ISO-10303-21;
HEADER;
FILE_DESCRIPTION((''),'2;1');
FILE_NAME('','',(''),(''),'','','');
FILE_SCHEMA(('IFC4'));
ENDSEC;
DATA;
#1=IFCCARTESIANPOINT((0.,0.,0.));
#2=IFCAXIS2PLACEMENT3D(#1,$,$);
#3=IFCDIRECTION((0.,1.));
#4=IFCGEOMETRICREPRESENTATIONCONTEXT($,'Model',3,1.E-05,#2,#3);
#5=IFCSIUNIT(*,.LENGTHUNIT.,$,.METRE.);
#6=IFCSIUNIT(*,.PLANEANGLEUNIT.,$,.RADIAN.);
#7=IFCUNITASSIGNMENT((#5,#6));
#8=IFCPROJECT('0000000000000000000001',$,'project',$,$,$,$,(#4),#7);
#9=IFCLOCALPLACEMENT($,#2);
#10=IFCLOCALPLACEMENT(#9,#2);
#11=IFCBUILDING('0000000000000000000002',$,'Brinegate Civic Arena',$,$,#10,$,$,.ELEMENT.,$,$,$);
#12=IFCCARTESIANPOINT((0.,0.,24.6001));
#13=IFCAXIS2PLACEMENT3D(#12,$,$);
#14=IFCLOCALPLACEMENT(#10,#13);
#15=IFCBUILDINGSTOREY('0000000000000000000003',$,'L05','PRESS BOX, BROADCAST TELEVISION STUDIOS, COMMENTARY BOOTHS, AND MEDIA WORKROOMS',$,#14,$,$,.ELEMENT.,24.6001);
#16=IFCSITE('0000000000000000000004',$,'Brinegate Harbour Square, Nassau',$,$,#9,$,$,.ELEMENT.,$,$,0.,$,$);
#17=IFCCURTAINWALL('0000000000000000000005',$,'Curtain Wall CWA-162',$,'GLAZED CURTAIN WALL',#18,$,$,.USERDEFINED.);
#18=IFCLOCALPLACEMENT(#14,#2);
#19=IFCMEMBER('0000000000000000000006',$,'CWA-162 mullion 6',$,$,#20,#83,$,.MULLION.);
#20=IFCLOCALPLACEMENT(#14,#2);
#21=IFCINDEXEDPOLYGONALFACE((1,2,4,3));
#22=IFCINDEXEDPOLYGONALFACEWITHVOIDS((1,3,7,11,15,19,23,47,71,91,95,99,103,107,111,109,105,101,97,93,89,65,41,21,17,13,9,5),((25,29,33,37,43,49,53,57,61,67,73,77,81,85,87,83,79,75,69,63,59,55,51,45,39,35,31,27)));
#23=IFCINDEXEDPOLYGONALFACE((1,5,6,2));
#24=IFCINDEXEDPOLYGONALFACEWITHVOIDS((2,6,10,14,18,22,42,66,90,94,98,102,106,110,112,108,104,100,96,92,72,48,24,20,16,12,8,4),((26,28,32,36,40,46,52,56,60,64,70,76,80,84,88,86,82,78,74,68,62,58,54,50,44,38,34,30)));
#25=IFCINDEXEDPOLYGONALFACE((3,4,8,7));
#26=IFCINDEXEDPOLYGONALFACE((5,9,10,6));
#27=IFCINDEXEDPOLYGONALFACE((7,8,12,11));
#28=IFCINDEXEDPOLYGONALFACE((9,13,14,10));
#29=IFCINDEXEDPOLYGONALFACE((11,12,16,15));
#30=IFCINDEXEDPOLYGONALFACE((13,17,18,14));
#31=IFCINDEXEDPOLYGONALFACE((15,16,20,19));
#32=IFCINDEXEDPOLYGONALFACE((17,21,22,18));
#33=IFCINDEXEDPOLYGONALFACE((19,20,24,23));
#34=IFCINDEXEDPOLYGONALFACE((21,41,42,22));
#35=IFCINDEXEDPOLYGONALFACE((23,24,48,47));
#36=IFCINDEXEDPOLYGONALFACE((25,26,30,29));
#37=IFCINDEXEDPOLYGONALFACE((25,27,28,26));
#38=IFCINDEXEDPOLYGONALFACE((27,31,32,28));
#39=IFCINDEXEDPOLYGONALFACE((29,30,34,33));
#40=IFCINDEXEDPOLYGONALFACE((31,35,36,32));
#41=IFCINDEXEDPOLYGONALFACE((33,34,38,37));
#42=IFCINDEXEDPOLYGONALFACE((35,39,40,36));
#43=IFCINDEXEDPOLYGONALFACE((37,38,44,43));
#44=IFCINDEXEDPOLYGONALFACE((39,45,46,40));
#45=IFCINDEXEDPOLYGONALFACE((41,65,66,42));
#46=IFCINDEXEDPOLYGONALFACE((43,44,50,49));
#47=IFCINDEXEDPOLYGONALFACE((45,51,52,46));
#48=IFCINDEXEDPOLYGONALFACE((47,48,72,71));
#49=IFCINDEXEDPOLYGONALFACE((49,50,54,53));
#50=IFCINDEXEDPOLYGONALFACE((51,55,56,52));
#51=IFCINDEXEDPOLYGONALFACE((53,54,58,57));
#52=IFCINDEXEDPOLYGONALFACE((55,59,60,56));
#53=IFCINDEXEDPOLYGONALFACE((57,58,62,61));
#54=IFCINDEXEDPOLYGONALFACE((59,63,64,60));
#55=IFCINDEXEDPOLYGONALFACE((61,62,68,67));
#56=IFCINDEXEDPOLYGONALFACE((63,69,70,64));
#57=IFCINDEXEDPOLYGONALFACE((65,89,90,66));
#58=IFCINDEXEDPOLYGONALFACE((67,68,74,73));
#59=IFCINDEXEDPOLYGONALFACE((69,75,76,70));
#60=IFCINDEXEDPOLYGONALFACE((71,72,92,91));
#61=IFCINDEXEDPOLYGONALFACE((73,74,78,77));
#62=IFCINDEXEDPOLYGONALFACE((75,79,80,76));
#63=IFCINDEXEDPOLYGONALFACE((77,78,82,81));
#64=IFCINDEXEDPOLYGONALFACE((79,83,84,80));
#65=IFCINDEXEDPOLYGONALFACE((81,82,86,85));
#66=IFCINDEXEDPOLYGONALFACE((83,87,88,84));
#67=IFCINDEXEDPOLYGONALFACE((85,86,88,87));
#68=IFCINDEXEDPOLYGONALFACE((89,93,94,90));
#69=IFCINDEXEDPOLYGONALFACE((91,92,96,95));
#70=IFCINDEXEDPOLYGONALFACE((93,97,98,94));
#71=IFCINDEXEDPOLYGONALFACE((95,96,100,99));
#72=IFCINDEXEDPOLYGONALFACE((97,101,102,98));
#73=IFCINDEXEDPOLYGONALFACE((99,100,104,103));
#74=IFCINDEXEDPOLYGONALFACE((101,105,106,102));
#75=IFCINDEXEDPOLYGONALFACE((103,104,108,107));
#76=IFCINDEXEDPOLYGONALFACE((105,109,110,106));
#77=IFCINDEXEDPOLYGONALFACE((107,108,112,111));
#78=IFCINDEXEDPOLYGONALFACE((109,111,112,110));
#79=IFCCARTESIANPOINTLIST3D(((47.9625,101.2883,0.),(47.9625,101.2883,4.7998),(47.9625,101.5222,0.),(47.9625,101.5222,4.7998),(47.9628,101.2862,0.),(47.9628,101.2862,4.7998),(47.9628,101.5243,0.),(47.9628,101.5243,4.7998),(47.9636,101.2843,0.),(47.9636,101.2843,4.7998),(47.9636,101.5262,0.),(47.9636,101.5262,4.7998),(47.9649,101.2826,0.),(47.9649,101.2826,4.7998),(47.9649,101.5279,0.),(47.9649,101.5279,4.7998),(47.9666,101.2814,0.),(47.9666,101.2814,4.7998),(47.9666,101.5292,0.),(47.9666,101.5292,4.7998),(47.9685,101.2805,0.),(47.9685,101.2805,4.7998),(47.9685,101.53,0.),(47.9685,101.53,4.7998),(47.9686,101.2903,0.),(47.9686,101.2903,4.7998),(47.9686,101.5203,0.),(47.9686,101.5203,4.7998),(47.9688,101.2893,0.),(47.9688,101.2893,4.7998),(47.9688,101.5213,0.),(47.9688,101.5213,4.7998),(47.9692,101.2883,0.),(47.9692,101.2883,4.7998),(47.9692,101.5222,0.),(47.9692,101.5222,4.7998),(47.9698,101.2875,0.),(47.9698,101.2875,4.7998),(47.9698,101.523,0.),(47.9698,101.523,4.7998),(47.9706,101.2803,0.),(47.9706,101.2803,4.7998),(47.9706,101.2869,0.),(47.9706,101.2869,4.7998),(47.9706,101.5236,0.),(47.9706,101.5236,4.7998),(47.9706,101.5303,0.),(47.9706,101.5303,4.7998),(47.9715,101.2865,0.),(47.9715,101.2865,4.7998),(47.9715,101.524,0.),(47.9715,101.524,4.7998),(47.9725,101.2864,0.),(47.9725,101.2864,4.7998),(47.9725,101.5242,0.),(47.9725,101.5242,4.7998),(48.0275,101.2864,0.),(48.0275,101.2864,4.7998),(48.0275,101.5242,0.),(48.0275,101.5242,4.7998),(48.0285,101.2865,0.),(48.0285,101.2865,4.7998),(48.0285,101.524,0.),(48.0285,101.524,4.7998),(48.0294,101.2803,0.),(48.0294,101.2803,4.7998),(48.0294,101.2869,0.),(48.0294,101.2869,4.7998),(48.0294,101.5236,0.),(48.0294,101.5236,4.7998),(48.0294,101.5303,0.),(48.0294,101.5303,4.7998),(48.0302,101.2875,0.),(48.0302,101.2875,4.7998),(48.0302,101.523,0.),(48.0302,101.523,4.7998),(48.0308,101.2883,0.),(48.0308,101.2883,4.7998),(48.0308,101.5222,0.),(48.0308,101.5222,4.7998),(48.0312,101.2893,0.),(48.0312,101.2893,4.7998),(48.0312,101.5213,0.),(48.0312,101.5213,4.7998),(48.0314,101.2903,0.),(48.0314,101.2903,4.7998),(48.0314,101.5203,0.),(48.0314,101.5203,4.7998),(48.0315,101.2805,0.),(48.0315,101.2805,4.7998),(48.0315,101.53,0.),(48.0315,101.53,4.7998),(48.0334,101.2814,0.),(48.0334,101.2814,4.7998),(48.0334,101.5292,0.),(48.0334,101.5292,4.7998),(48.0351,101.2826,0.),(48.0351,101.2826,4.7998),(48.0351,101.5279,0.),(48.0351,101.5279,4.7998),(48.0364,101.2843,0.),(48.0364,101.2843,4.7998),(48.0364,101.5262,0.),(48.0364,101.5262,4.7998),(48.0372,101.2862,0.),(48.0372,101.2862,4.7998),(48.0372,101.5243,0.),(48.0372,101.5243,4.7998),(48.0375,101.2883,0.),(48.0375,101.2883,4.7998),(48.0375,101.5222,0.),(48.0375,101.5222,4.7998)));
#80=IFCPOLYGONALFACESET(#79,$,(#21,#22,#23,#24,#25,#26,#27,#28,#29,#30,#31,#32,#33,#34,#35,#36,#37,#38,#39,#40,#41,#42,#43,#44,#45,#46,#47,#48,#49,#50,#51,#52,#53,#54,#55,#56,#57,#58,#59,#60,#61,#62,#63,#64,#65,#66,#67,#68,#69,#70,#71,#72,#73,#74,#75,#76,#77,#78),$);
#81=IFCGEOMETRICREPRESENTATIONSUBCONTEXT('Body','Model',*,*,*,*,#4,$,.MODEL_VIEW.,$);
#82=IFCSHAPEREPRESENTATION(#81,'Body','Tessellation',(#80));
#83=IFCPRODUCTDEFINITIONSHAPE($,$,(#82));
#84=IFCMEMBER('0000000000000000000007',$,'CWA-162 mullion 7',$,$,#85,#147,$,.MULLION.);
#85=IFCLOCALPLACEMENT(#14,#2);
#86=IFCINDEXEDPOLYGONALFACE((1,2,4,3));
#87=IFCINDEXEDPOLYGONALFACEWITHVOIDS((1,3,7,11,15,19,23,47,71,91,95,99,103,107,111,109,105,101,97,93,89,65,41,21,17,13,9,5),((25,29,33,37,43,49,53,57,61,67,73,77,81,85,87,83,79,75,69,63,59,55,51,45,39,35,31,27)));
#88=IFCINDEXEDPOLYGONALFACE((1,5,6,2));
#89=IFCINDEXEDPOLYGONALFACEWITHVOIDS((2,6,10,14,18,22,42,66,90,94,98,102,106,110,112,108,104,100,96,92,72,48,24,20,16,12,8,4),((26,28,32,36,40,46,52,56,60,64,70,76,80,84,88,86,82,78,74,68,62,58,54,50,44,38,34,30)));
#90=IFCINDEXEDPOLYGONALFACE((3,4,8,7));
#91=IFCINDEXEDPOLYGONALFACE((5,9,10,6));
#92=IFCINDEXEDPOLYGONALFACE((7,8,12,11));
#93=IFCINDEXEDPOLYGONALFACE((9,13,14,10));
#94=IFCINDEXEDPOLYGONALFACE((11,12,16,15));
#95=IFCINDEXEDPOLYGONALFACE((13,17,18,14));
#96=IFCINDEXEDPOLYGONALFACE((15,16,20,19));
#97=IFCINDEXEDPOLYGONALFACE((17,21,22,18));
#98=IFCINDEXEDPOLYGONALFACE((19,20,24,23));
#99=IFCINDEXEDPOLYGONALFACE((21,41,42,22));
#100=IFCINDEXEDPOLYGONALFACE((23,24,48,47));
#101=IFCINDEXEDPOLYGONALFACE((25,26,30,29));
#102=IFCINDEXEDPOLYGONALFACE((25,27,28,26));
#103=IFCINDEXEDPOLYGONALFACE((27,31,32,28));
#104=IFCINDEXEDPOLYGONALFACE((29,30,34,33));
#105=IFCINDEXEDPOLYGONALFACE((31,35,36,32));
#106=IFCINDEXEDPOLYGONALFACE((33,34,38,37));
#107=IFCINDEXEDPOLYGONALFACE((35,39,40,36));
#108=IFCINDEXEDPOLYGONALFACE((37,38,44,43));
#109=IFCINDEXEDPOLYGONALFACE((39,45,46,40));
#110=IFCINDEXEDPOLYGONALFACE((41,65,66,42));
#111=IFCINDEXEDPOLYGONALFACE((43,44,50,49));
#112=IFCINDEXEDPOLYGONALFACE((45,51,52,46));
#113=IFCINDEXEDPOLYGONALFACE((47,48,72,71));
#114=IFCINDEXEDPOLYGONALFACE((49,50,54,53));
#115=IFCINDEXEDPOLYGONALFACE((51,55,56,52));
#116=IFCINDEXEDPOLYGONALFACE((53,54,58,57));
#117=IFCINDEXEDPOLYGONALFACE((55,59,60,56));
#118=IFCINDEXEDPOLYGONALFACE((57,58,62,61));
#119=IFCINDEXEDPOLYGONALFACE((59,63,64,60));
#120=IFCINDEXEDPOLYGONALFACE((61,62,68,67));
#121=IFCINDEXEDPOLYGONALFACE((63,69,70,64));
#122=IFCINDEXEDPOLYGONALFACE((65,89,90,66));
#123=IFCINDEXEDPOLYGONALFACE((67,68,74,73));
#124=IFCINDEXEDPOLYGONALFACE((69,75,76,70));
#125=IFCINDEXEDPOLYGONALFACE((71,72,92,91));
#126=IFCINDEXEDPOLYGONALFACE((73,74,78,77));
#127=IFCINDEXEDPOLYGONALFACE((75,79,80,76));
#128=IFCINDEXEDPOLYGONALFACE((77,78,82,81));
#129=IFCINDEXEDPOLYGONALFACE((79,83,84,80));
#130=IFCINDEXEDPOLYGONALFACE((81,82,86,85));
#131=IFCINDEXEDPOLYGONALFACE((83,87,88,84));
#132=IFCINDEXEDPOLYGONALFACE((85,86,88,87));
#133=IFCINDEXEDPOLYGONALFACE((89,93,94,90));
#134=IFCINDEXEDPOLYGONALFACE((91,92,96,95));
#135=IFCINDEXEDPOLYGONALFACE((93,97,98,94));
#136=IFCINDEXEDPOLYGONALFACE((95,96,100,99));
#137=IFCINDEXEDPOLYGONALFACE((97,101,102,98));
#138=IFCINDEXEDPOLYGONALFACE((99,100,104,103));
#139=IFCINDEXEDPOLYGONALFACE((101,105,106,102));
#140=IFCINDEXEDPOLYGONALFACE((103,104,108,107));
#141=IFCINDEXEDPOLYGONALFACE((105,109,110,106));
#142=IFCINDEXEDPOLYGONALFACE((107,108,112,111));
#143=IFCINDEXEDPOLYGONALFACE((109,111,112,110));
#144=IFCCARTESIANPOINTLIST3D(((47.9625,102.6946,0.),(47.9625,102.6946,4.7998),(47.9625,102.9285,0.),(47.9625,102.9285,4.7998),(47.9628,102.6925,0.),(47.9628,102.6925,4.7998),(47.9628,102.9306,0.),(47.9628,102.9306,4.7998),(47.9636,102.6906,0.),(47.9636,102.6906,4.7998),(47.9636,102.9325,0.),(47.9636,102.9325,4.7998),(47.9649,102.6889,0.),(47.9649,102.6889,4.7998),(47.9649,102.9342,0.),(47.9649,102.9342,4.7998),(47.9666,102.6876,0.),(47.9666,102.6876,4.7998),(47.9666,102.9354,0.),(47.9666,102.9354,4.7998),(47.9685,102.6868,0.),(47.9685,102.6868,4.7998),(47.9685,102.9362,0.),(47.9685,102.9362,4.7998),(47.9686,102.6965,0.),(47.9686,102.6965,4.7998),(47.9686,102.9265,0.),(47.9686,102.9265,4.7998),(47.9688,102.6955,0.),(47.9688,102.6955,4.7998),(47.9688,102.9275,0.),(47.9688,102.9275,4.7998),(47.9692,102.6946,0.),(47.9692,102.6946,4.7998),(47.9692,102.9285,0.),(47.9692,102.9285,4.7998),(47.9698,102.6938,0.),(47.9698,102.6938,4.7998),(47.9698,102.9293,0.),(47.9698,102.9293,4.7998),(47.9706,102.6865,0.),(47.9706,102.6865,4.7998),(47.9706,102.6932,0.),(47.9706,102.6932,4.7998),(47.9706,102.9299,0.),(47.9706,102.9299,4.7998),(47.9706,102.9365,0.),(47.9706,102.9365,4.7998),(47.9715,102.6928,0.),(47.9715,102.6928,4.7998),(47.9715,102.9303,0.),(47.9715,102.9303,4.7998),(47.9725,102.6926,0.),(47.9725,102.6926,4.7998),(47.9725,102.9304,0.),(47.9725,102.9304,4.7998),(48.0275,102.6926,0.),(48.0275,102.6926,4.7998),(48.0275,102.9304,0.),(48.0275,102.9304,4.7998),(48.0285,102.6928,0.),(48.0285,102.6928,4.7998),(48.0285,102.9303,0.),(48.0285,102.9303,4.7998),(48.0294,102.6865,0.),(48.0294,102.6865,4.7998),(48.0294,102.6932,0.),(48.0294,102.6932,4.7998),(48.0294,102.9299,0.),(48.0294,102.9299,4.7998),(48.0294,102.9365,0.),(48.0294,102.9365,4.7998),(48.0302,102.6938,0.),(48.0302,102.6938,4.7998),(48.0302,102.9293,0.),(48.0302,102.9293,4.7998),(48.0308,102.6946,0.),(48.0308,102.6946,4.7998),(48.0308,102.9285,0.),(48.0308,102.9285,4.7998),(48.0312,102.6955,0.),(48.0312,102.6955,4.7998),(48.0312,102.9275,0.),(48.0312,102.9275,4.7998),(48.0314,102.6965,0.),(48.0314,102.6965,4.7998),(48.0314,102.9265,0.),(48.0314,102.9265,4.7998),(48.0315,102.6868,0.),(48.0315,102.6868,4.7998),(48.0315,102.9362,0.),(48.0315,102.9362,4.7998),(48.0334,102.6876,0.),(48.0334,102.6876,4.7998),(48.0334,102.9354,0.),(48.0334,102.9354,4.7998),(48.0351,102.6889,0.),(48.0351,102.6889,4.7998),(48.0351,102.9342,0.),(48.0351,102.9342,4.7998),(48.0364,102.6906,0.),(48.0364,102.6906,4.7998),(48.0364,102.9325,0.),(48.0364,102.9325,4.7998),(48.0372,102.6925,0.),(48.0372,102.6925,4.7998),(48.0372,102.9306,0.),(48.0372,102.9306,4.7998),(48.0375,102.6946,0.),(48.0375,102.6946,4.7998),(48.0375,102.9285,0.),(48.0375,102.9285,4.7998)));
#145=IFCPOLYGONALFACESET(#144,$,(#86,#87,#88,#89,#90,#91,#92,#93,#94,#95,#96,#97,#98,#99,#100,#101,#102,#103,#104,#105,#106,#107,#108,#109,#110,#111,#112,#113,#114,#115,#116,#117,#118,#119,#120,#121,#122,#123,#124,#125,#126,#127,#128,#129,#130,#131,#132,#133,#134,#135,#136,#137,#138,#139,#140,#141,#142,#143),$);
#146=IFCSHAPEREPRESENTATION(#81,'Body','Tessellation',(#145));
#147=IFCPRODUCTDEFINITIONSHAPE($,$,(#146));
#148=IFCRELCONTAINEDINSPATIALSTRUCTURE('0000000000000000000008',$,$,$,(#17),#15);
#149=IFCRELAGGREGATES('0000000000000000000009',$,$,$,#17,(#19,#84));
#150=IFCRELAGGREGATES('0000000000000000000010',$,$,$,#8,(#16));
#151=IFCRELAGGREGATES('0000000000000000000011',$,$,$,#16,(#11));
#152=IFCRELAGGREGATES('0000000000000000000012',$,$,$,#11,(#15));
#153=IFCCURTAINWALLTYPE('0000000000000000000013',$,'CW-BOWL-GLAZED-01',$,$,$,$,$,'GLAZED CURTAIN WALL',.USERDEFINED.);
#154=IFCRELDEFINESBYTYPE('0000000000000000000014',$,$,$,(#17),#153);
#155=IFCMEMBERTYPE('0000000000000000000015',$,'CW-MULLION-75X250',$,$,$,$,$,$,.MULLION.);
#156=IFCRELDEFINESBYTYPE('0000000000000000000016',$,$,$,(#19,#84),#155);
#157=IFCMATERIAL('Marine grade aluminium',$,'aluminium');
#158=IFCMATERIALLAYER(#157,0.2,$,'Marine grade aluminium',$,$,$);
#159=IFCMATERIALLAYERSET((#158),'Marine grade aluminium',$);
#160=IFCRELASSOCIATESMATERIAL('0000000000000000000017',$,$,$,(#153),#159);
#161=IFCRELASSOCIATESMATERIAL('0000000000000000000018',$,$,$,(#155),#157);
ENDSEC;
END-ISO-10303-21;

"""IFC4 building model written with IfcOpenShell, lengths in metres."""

from ifc_helpers import new_model, si_unit, direction, frame, origin, origin_2d, place, context, subcontext, project, spatial, hollow_rectangle, extrude, material, layer, layer_set, material_profile, profile_set, type_object, element, aggregate, save


model = new_model("IFC4")

# Units and contexts
model_context = context("Model", 3, precision=1e-05, world=origin(), true_north=direction((0.0, 1.0)))
body_context = subcontext(model_context, "Body", "Model", "MODEL_VIEW")
ifc_project = project(units=[si_unit("LENGTHUNIT", "METRE"), si_unit("PLANEANGLEUNIT", "RADIAN")], contexts=[model_context])

# Site, building, storey
site_placement = place(None, origin())
site = spatial("IfcSite", under=ifc_project, at=site_placement, Name="Brinegate Harbour Square, Nassau", CompositionType="ELEMENT", RefElevation=0.0)
building_placement = place(site_placement, origin())
building = spatial("IfcBuilding", under=site, at=building_placement, Name="Brinegate Civic Arena", CompositionType="ELEMENT")
storey_placement = place(building_placement, frame((0.0, 0.0, 24.6001)))
storey = spatial("IfcBuildingStorey", under=building, at=storey_placement, Name="L05", Description="PRESS BOX, BROADCAST TELEVISION STUDIOS, COMMENTARY BOOTHS, AND MEDIA WORKROOMS", CompositionType="ELEMENT", Elevation=24.6001)

# Curtain wall, members
ifc_material_1 = material(Name="Marine grade aluminium", Category="aluminium")
ifc_layer_1 = layer(ifc_material_1, 0.2, Name="Marine grade aluminium")
ifc_layer_set_1 = layer_set([ifc_layer_1], Name="Marine grade aluminium")
curtain_wall_type = type_object("IfcCurtainWallType", Name="CW-BOWL-GLAZED-01", ElementType="GLAZED CURTAIN WALL", PredefinedType="USERDEFINED", material=ifc_layer_set_1)
curtain_wall_placement = place(storey_placement, origin())
curtain_wall = element("IfcCurtainWall", 1, at=curtain_wall_placement, inside=storey, type_object=curtain_wall_type, Name="Curtain Wall CWA-162", ObjectType="GLAZED CURTAIN WALL", PredefinedType="USERDEFINED")
ifc_material_profile_1 = material_profile(ifc_material_1, hollow_rectangle(XDim=0.075, YDim=0.25, WallThickness=0.0061, InnerFilletRadius=0.0039, OuterFilletRadius=0.0081, at=origin_2d()), Name="MUL75X250")
ifc_profile_set_1 = profile_set([ifc_material_profile_1], Name="Marine grade aluminium")
member_type_1 = type_object("IfcMemberType", Name="CW-MULLION-75X250", PredefinedType="MULLION", material=ifc_profile_set_1)
member_1_placement = place(storey_placement, frame((48.0, 101.4053, 0.0), z_axis=(0.0, 0.0, 1.0), x_axis=(-1.0, 0.0, 0.0)))
member_1 = element("IfcMember", 2, at=member_1_placement, type_object=member_type_1, Name="CWA-162 mullion 6", PredefinedType="MULLION", context=body_context, shape_type="SweptSolid", body=[
    extrude(hollow_rectangle(XDim=0.075, YDim=0.25, WallThickness=0.0061, InnerFilletRadius=0.0039, OuterFilletRadius=0.0081, at=origin_2d()), origin(), (0.0, 0.0, 1.0), 4.7998),
])
member_2_placement = place(storey_placement, frame((48.0, 102.8115, 0.0), z_axis=(0.0, 0.0, 1.0), x_axis=(-1.0, 0.0, 0.0)))
member_2 = element("IfcMember", 3, at=member_2_placement, type_object=member_type_1, Name="CWA-162 mullion 7", PredefinedType="MULLION", context=body_context, shape_type="SweptSolid", body=[
    extrude(hollow_rectangle(XDim=0.075, YDim=0.25, WallThickness=0.0061, InnerFilletRadius=0.0039, OuterFilletRadius=0.0081, at=origin_2d()), origin(), (0.0, 0.0, 1.0), 4.7998),
])

aggregate(curtain_wall, [member_1, member_2])

save(model, "model.ifc")
